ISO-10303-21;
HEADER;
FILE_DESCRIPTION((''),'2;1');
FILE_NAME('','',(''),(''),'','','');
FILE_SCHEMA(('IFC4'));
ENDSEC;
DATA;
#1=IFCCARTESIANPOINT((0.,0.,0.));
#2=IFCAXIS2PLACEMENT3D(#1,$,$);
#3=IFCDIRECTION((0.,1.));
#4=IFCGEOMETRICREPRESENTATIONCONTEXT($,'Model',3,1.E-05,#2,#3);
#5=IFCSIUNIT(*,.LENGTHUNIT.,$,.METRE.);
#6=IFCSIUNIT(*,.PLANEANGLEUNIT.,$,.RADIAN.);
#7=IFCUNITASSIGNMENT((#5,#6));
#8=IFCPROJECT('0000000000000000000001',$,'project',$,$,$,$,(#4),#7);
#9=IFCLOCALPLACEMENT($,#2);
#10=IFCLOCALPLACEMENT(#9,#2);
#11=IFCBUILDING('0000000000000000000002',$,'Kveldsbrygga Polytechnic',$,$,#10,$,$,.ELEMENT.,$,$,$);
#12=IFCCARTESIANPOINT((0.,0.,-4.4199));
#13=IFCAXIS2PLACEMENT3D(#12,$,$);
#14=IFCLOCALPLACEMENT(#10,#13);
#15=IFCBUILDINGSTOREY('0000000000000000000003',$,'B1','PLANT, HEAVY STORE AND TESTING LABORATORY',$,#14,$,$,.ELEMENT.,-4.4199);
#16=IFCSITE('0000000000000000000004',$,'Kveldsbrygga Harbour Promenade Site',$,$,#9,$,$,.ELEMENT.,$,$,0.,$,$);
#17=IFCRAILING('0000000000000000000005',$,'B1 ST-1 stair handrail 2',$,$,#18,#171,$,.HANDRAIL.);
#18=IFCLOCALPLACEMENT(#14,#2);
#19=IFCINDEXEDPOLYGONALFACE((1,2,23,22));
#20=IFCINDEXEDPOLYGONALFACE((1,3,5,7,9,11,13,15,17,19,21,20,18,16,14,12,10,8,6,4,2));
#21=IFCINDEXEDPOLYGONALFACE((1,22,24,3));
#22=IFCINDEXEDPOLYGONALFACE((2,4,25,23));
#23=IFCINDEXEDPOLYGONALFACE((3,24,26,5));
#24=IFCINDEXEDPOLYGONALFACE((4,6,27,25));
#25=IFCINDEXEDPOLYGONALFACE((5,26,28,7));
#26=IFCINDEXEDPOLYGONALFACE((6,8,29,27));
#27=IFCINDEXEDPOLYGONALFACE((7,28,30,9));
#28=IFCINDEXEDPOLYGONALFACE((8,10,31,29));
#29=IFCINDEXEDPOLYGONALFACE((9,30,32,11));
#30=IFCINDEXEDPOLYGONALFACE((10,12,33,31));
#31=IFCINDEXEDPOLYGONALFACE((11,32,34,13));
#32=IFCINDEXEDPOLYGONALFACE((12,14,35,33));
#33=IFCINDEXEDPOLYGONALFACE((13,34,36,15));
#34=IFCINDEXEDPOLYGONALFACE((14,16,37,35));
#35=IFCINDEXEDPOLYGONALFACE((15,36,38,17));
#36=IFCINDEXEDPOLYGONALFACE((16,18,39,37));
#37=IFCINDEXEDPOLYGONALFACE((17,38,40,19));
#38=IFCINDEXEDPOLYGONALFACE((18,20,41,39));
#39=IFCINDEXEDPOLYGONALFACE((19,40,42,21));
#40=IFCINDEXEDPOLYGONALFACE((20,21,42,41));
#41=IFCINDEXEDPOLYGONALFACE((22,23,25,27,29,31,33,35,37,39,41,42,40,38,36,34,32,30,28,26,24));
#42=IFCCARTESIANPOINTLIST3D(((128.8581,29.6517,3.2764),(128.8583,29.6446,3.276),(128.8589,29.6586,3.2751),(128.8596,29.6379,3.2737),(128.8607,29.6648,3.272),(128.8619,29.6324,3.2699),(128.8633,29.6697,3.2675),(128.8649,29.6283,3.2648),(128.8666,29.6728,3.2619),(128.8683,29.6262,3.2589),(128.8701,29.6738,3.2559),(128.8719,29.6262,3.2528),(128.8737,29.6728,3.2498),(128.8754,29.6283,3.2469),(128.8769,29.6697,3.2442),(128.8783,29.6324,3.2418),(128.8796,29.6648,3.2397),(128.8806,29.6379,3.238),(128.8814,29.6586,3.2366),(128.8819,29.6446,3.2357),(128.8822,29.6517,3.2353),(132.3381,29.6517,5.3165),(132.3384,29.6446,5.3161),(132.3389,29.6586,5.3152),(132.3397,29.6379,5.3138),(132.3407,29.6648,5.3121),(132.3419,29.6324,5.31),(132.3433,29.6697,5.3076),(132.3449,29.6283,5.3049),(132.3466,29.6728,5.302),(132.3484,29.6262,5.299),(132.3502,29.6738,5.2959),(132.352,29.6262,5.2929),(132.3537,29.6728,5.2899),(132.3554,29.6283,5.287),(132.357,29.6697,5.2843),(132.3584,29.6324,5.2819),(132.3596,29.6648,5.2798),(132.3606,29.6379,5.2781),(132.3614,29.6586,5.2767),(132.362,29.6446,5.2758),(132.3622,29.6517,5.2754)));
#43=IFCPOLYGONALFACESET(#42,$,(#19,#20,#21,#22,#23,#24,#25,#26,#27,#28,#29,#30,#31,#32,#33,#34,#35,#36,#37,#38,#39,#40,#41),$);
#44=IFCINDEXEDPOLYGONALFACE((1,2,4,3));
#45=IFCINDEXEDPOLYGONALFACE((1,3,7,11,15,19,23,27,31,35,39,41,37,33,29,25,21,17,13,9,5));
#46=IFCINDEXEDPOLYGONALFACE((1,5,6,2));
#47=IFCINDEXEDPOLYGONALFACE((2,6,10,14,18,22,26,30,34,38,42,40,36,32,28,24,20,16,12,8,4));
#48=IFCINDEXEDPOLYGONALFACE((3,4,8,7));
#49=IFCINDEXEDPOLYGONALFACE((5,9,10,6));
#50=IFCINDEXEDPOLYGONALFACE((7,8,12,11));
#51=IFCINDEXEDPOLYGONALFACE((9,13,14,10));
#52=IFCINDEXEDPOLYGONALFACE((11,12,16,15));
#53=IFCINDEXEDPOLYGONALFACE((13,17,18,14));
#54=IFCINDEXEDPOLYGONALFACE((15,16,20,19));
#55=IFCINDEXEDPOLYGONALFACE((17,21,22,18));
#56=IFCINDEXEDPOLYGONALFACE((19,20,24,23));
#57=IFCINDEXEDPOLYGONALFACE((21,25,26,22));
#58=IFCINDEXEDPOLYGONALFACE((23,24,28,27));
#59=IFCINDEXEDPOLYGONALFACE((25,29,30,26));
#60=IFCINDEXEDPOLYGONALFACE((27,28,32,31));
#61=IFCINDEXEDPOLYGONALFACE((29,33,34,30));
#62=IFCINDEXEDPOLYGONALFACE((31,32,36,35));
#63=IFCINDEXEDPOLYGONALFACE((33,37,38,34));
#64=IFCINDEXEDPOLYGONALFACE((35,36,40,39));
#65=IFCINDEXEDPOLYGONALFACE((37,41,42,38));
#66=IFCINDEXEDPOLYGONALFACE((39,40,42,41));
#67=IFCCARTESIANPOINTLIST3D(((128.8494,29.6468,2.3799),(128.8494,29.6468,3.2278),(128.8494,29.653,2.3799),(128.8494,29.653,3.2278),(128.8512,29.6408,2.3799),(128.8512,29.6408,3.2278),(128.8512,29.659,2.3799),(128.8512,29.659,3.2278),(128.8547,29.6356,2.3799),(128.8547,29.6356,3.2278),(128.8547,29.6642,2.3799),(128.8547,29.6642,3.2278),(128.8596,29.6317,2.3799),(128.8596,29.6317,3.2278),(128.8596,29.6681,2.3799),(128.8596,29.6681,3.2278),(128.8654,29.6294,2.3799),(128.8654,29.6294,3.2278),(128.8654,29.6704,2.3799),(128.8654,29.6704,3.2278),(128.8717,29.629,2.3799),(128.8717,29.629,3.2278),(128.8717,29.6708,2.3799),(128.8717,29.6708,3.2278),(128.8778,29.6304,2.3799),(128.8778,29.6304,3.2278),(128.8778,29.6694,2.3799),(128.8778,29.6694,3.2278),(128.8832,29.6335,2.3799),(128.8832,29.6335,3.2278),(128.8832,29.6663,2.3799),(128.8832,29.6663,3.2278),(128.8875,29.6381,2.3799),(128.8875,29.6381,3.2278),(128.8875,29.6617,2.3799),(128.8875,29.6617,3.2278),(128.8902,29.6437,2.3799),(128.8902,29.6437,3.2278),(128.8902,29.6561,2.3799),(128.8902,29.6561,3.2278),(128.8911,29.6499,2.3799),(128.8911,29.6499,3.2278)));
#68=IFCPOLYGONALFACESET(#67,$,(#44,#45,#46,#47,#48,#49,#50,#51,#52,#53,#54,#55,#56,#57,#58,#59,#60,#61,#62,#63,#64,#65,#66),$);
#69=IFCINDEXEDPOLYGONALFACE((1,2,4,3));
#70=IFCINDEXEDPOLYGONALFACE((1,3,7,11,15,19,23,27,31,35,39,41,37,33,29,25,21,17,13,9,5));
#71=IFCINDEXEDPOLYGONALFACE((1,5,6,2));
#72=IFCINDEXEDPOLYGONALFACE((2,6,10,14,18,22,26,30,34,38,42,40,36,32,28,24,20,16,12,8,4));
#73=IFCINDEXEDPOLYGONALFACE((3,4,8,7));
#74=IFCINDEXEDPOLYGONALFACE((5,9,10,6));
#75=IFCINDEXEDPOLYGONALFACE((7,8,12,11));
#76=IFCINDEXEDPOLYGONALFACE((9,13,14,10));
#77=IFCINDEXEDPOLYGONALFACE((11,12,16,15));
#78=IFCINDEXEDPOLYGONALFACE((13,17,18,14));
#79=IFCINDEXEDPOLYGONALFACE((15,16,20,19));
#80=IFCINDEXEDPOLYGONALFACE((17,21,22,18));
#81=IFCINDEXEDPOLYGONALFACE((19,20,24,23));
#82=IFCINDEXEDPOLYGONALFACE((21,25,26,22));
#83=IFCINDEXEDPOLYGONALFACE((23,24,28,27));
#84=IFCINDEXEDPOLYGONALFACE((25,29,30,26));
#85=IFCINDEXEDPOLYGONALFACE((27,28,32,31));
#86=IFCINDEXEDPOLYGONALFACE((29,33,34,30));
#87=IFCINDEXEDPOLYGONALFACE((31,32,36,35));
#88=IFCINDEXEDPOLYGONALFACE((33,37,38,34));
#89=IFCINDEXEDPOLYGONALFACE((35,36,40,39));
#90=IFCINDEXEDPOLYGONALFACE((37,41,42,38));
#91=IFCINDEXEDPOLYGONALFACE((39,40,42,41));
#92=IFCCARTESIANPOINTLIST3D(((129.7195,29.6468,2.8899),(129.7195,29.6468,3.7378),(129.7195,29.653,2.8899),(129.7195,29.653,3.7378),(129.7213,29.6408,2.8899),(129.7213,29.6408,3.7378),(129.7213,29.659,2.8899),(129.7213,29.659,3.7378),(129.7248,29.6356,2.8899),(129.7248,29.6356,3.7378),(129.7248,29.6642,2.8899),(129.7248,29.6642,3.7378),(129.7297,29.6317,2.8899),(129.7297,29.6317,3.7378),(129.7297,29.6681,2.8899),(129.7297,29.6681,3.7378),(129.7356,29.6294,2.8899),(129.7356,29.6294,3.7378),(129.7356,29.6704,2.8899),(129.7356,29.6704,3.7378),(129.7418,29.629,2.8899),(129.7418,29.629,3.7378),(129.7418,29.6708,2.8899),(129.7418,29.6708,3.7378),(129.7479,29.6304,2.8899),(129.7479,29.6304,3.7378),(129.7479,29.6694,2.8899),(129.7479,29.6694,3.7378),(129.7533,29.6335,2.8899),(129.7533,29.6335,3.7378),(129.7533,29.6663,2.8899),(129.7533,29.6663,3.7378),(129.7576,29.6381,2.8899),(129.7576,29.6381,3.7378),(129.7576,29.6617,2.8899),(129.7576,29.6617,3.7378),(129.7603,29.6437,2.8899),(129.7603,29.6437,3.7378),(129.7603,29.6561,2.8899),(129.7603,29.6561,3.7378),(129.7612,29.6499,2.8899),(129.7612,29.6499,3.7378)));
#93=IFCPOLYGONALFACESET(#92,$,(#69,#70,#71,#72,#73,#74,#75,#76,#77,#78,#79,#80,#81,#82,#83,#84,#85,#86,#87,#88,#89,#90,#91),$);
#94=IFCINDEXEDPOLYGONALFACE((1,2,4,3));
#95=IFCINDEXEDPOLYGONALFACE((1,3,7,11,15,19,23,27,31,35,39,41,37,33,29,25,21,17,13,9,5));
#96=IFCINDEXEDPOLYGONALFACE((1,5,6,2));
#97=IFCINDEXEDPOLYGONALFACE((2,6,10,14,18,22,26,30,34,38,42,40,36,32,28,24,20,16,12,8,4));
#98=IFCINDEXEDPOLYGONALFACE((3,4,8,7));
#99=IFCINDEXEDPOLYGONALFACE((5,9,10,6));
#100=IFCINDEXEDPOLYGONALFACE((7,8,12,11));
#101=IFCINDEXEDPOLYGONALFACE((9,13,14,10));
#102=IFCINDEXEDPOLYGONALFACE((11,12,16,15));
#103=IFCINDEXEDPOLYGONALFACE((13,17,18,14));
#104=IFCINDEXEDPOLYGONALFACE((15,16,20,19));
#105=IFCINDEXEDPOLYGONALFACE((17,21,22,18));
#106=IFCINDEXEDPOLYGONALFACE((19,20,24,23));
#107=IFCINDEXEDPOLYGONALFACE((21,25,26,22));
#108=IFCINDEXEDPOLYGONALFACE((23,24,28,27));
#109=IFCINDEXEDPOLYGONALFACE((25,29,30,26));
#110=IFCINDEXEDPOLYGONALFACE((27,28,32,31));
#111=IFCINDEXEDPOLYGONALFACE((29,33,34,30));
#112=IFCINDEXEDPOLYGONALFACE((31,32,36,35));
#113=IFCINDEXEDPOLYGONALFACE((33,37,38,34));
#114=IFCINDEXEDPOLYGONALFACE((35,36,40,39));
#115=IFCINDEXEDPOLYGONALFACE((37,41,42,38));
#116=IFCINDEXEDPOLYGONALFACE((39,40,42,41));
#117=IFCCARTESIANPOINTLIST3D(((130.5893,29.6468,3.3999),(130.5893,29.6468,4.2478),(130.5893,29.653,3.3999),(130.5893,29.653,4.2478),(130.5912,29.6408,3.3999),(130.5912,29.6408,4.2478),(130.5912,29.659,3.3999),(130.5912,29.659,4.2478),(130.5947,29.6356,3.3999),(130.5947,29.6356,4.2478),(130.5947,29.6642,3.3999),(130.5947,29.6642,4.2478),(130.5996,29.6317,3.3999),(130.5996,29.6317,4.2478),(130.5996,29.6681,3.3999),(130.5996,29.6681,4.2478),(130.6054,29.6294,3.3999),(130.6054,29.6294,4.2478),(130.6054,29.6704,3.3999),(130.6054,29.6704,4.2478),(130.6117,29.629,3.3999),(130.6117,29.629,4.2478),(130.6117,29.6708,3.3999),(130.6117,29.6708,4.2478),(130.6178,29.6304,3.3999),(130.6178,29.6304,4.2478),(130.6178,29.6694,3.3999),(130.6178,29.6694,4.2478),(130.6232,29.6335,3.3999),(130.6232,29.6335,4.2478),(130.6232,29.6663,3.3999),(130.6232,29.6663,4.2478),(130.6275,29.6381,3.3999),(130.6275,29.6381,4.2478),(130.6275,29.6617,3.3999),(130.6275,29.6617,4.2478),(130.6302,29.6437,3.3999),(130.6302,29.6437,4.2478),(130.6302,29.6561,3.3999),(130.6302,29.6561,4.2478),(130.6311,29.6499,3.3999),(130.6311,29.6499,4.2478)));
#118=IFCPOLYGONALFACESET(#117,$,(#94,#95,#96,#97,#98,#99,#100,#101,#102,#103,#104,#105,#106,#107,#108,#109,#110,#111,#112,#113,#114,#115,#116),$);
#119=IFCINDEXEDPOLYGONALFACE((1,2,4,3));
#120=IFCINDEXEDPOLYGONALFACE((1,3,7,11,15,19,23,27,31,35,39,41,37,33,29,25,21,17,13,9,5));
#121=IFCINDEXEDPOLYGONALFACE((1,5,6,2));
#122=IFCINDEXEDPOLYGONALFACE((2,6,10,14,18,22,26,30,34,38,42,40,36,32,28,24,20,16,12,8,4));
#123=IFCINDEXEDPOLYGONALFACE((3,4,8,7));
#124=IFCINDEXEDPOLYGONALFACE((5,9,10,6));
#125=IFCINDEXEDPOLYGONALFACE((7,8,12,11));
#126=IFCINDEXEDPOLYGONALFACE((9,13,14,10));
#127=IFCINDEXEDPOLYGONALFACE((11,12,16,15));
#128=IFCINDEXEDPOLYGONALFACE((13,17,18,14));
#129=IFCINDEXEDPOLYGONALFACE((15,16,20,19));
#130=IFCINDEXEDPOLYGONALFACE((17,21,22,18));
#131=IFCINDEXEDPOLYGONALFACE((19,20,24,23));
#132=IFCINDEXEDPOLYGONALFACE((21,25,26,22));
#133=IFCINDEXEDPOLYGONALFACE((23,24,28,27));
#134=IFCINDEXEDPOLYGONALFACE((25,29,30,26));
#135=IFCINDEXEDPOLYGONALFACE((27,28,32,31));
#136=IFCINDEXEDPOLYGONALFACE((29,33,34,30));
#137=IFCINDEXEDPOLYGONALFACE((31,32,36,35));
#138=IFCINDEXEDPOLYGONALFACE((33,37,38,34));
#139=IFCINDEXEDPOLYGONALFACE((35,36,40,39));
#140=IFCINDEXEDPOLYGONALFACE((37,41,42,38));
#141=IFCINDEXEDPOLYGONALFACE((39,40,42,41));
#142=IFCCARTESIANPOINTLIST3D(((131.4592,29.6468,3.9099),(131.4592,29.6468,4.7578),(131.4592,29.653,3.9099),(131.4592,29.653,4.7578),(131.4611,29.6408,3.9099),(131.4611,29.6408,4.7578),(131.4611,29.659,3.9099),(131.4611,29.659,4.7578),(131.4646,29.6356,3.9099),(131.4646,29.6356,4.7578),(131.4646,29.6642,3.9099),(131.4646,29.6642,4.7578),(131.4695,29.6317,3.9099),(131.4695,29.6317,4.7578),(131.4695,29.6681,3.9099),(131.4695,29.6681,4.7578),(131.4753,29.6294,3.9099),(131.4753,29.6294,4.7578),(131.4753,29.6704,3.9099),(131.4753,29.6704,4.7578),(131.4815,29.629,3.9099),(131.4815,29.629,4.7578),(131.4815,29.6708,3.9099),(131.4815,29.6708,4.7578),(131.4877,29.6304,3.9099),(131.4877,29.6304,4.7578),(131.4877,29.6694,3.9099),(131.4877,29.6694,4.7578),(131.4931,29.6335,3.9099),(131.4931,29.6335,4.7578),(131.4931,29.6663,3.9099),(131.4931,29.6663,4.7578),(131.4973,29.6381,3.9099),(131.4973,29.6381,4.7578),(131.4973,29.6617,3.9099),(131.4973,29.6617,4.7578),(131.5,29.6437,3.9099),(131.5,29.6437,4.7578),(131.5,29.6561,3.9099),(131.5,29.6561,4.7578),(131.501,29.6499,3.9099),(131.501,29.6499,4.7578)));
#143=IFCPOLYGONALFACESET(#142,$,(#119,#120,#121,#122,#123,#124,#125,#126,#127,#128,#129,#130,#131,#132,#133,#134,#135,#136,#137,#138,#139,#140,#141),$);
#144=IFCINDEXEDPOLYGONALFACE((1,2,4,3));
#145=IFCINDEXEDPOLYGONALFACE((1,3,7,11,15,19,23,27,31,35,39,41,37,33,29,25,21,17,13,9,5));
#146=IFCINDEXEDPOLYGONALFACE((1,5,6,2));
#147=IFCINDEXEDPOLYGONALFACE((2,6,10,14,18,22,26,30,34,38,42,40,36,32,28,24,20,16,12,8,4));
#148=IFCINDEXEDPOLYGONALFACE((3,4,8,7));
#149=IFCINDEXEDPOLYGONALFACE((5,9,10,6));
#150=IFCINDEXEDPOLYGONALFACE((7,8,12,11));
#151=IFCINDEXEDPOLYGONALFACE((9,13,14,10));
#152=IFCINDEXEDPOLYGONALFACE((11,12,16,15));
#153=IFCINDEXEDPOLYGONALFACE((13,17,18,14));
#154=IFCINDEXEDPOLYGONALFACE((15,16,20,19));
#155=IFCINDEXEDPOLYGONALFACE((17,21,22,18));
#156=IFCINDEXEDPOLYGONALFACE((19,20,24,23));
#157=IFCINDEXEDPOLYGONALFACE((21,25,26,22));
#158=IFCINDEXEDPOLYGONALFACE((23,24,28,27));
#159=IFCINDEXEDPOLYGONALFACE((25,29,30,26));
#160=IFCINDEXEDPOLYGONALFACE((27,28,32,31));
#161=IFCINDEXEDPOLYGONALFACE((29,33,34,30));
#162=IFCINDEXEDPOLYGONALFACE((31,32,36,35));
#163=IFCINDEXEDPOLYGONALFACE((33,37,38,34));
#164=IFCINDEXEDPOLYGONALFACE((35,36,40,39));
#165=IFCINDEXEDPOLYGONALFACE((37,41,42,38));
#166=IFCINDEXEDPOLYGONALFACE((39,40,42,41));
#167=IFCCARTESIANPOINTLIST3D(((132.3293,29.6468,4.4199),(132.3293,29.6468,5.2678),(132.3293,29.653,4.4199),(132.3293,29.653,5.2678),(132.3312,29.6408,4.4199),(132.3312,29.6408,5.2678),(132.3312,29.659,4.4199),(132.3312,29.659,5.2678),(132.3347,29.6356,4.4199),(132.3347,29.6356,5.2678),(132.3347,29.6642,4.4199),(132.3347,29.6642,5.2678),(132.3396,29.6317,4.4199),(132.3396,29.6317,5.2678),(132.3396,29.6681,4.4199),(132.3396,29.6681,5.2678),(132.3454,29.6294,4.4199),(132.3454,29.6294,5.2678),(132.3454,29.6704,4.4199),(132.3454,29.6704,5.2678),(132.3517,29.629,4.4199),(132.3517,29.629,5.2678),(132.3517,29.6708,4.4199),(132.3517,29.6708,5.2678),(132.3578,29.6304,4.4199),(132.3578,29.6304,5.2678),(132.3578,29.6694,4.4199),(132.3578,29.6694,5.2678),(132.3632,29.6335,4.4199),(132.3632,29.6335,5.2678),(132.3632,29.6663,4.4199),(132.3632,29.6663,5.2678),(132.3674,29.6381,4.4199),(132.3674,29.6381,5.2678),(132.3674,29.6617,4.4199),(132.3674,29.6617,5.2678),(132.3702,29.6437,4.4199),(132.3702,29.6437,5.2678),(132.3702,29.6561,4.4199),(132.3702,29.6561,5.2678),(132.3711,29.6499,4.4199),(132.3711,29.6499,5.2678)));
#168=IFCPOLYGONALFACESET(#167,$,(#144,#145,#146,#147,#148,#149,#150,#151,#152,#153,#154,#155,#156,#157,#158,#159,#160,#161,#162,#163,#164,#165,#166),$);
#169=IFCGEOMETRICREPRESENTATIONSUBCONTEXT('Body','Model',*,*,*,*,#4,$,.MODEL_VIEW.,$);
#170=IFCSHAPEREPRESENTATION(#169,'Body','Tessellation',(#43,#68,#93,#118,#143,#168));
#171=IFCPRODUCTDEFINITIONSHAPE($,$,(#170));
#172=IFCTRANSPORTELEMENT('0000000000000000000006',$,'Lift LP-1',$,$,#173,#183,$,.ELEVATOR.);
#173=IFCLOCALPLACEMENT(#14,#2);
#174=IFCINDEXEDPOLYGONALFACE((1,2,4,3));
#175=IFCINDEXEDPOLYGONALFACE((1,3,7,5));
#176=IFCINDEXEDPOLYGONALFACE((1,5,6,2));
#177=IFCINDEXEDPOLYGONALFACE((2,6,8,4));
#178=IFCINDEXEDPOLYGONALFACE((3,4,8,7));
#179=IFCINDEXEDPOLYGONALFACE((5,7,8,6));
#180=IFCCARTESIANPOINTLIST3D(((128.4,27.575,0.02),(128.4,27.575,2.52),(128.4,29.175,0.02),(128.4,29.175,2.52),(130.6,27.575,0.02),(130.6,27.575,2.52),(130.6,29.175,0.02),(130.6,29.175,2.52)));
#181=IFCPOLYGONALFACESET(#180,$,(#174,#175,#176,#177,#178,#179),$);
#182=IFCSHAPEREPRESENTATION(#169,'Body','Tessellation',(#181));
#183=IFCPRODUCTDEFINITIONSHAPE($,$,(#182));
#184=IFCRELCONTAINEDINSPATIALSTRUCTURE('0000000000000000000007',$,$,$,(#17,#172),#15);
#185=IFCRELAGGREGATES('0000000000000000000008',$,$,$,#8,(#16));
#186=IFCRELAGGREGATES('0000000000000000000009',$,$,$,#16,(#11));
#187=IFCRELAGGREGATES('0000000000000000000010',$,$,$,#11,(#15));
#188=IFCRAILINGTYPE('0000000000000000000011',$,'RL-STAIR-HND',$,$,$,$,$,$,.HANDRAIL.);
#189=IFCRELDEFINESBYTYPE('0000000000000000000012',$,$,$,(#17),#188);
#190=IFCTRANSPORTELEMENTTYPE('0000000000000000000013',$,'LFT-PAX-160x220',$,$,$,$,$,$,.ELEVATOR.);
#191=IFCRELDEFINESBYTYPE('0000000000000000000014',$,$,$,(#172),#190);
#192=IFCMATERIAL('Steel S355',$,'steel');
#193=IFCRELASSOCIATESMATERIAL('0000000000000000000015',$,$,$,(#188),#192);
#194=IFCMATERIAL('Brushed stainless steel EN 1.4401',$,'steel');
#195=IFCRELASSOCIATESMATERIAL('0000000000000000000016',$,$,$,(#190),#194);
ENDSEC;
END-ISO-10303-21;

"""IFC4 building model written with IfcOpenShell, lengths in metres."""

from ifc_helpers import new_model, si_unit, direction, frame, origin, origin_2d, place, context, subcontext, project, spatial, rectangle, circle, extrude, material, type_object, element, save


model = new_model("IFC4")

# Units and contexts
model_context = context("Model", 3, precision=1e-05, world=origin(), true_north=direction((0.0, 1.0)))
body_context = subcontext(model_context, "Body", "Model", "MODEL_VIEW")
ifc_project = project(units=[si_unit("LENGTHUNIT", "METRE"), si_unit("PLANEANGLEUNIT", "RADIAN")], contexts=[model_context])

# Site, building, storey
site_placement = place(None, origin())
site = spatial("IfcSite", under=ifc_project, at=site_placement, Name="Kveldsbrygga Harbour Promenade Site", CompositionType="ELEMENT", RefElevation=0.0)
building_placement = place(site_placement, origin())
building = spatial("IfcBuilding", under=site, at=building_placement, Name="Kveldsbrygga Polytechnic", CompositionType="ELEMENT")
storey_placement = place(building_placement, frame((0.0, 0.0, -4.4199)))
storey = spatial("IfcBuildingStorey", under=building, at=storey_placement, Name="B1", Description="PLANT, HEAVY STORE AND TESTING LABORATORY", CompositionType="ELEMENT", Elevation=-4.4199)

# Railing
ifc_material_1 = material(Name="Steel S355", Category="steel")
railing_type_1 = type_object("IfcRailingType", Name="RL-STAIR-HND", PredefinedType="HANDRAIL", material=ifc_material_1)
railing_1_placement = place(storey_placement, frame((128.8701, 29.6499, 2.3799)))
element("IfcRailing", 1, at=railing_1_placement, inside=storey, type_object=railing_type_1, Name="B1 ST-1 stair handrail 2", PredefinedType="HANDRAIL", context=body_context, shape_type="SweptSolid", body=[
    extrude(circle(Radius=0.0239, at=origin_2d()), frame((0.0, 0.0, 0.876), z_axis=(0.862693, 0.0, 0.505729), x_axis=(0.0, 1.0, 0.0)), (0.0, 0.0, 1.0), 4.0339),
    extrude(circle(Radius=0.021, at=origin_2d()), origin(), (0.0, 0.0, 1.0), 0.8479),
    extrude(circle(Radius=0.021, at=origin_2d()), frame((0.8701, 0.0, 0.51)), (0.0, 0.0, 1.0), 0.8479),
    extrude(circle(Radius=0.021, at=origin_2d()), frame((1.74, 0.0, 1.02)), (0.0, 0.0, 1.0), 0.8479),
    extrude(circle(Radius=0.021, at=origin_2d()), frame((2.6099, 0.0, 1.53)), (0.0, 0.0, 1.0), 0.8479),
    extrude(circle(Radius=0.021, at=origin_2d()), frame((3.48, 0.0, 2.04)), (0.0, 0.0, 1.0), 0.8479),
])

# Transport element
ifc_material_2 = material(Name="Brushed stainless steel EN 1.4401", Category="steel")
transport_element_type = type_object("IfcTransportElementType", Name="LFT-PAX-160x220", PredefinedType="ELEVATOR", material=ifc_material_2)
transport_element_placement = place(storey_placement, frame((129.5, 28.375, 0.02), z_axis=(0.0, 0.0, 1.0), x_axis=(1.0, 0.0, 0.0)))
element("IfcTransportElement", 2, at=transport_element_placement, inside=storey, type_object=transport_element_type, Name="Lift LP-1", PredefinedType="ELEVATOR", context=body_context, shape_type="SweptSolid", body=[
    extrude(rectangle(XDim=2.2, YDim=1.6001, at=origin_2d()), origin(), (0.0, 0.0, 1.0), 2.5),
])

save(model, "model.ifc")
